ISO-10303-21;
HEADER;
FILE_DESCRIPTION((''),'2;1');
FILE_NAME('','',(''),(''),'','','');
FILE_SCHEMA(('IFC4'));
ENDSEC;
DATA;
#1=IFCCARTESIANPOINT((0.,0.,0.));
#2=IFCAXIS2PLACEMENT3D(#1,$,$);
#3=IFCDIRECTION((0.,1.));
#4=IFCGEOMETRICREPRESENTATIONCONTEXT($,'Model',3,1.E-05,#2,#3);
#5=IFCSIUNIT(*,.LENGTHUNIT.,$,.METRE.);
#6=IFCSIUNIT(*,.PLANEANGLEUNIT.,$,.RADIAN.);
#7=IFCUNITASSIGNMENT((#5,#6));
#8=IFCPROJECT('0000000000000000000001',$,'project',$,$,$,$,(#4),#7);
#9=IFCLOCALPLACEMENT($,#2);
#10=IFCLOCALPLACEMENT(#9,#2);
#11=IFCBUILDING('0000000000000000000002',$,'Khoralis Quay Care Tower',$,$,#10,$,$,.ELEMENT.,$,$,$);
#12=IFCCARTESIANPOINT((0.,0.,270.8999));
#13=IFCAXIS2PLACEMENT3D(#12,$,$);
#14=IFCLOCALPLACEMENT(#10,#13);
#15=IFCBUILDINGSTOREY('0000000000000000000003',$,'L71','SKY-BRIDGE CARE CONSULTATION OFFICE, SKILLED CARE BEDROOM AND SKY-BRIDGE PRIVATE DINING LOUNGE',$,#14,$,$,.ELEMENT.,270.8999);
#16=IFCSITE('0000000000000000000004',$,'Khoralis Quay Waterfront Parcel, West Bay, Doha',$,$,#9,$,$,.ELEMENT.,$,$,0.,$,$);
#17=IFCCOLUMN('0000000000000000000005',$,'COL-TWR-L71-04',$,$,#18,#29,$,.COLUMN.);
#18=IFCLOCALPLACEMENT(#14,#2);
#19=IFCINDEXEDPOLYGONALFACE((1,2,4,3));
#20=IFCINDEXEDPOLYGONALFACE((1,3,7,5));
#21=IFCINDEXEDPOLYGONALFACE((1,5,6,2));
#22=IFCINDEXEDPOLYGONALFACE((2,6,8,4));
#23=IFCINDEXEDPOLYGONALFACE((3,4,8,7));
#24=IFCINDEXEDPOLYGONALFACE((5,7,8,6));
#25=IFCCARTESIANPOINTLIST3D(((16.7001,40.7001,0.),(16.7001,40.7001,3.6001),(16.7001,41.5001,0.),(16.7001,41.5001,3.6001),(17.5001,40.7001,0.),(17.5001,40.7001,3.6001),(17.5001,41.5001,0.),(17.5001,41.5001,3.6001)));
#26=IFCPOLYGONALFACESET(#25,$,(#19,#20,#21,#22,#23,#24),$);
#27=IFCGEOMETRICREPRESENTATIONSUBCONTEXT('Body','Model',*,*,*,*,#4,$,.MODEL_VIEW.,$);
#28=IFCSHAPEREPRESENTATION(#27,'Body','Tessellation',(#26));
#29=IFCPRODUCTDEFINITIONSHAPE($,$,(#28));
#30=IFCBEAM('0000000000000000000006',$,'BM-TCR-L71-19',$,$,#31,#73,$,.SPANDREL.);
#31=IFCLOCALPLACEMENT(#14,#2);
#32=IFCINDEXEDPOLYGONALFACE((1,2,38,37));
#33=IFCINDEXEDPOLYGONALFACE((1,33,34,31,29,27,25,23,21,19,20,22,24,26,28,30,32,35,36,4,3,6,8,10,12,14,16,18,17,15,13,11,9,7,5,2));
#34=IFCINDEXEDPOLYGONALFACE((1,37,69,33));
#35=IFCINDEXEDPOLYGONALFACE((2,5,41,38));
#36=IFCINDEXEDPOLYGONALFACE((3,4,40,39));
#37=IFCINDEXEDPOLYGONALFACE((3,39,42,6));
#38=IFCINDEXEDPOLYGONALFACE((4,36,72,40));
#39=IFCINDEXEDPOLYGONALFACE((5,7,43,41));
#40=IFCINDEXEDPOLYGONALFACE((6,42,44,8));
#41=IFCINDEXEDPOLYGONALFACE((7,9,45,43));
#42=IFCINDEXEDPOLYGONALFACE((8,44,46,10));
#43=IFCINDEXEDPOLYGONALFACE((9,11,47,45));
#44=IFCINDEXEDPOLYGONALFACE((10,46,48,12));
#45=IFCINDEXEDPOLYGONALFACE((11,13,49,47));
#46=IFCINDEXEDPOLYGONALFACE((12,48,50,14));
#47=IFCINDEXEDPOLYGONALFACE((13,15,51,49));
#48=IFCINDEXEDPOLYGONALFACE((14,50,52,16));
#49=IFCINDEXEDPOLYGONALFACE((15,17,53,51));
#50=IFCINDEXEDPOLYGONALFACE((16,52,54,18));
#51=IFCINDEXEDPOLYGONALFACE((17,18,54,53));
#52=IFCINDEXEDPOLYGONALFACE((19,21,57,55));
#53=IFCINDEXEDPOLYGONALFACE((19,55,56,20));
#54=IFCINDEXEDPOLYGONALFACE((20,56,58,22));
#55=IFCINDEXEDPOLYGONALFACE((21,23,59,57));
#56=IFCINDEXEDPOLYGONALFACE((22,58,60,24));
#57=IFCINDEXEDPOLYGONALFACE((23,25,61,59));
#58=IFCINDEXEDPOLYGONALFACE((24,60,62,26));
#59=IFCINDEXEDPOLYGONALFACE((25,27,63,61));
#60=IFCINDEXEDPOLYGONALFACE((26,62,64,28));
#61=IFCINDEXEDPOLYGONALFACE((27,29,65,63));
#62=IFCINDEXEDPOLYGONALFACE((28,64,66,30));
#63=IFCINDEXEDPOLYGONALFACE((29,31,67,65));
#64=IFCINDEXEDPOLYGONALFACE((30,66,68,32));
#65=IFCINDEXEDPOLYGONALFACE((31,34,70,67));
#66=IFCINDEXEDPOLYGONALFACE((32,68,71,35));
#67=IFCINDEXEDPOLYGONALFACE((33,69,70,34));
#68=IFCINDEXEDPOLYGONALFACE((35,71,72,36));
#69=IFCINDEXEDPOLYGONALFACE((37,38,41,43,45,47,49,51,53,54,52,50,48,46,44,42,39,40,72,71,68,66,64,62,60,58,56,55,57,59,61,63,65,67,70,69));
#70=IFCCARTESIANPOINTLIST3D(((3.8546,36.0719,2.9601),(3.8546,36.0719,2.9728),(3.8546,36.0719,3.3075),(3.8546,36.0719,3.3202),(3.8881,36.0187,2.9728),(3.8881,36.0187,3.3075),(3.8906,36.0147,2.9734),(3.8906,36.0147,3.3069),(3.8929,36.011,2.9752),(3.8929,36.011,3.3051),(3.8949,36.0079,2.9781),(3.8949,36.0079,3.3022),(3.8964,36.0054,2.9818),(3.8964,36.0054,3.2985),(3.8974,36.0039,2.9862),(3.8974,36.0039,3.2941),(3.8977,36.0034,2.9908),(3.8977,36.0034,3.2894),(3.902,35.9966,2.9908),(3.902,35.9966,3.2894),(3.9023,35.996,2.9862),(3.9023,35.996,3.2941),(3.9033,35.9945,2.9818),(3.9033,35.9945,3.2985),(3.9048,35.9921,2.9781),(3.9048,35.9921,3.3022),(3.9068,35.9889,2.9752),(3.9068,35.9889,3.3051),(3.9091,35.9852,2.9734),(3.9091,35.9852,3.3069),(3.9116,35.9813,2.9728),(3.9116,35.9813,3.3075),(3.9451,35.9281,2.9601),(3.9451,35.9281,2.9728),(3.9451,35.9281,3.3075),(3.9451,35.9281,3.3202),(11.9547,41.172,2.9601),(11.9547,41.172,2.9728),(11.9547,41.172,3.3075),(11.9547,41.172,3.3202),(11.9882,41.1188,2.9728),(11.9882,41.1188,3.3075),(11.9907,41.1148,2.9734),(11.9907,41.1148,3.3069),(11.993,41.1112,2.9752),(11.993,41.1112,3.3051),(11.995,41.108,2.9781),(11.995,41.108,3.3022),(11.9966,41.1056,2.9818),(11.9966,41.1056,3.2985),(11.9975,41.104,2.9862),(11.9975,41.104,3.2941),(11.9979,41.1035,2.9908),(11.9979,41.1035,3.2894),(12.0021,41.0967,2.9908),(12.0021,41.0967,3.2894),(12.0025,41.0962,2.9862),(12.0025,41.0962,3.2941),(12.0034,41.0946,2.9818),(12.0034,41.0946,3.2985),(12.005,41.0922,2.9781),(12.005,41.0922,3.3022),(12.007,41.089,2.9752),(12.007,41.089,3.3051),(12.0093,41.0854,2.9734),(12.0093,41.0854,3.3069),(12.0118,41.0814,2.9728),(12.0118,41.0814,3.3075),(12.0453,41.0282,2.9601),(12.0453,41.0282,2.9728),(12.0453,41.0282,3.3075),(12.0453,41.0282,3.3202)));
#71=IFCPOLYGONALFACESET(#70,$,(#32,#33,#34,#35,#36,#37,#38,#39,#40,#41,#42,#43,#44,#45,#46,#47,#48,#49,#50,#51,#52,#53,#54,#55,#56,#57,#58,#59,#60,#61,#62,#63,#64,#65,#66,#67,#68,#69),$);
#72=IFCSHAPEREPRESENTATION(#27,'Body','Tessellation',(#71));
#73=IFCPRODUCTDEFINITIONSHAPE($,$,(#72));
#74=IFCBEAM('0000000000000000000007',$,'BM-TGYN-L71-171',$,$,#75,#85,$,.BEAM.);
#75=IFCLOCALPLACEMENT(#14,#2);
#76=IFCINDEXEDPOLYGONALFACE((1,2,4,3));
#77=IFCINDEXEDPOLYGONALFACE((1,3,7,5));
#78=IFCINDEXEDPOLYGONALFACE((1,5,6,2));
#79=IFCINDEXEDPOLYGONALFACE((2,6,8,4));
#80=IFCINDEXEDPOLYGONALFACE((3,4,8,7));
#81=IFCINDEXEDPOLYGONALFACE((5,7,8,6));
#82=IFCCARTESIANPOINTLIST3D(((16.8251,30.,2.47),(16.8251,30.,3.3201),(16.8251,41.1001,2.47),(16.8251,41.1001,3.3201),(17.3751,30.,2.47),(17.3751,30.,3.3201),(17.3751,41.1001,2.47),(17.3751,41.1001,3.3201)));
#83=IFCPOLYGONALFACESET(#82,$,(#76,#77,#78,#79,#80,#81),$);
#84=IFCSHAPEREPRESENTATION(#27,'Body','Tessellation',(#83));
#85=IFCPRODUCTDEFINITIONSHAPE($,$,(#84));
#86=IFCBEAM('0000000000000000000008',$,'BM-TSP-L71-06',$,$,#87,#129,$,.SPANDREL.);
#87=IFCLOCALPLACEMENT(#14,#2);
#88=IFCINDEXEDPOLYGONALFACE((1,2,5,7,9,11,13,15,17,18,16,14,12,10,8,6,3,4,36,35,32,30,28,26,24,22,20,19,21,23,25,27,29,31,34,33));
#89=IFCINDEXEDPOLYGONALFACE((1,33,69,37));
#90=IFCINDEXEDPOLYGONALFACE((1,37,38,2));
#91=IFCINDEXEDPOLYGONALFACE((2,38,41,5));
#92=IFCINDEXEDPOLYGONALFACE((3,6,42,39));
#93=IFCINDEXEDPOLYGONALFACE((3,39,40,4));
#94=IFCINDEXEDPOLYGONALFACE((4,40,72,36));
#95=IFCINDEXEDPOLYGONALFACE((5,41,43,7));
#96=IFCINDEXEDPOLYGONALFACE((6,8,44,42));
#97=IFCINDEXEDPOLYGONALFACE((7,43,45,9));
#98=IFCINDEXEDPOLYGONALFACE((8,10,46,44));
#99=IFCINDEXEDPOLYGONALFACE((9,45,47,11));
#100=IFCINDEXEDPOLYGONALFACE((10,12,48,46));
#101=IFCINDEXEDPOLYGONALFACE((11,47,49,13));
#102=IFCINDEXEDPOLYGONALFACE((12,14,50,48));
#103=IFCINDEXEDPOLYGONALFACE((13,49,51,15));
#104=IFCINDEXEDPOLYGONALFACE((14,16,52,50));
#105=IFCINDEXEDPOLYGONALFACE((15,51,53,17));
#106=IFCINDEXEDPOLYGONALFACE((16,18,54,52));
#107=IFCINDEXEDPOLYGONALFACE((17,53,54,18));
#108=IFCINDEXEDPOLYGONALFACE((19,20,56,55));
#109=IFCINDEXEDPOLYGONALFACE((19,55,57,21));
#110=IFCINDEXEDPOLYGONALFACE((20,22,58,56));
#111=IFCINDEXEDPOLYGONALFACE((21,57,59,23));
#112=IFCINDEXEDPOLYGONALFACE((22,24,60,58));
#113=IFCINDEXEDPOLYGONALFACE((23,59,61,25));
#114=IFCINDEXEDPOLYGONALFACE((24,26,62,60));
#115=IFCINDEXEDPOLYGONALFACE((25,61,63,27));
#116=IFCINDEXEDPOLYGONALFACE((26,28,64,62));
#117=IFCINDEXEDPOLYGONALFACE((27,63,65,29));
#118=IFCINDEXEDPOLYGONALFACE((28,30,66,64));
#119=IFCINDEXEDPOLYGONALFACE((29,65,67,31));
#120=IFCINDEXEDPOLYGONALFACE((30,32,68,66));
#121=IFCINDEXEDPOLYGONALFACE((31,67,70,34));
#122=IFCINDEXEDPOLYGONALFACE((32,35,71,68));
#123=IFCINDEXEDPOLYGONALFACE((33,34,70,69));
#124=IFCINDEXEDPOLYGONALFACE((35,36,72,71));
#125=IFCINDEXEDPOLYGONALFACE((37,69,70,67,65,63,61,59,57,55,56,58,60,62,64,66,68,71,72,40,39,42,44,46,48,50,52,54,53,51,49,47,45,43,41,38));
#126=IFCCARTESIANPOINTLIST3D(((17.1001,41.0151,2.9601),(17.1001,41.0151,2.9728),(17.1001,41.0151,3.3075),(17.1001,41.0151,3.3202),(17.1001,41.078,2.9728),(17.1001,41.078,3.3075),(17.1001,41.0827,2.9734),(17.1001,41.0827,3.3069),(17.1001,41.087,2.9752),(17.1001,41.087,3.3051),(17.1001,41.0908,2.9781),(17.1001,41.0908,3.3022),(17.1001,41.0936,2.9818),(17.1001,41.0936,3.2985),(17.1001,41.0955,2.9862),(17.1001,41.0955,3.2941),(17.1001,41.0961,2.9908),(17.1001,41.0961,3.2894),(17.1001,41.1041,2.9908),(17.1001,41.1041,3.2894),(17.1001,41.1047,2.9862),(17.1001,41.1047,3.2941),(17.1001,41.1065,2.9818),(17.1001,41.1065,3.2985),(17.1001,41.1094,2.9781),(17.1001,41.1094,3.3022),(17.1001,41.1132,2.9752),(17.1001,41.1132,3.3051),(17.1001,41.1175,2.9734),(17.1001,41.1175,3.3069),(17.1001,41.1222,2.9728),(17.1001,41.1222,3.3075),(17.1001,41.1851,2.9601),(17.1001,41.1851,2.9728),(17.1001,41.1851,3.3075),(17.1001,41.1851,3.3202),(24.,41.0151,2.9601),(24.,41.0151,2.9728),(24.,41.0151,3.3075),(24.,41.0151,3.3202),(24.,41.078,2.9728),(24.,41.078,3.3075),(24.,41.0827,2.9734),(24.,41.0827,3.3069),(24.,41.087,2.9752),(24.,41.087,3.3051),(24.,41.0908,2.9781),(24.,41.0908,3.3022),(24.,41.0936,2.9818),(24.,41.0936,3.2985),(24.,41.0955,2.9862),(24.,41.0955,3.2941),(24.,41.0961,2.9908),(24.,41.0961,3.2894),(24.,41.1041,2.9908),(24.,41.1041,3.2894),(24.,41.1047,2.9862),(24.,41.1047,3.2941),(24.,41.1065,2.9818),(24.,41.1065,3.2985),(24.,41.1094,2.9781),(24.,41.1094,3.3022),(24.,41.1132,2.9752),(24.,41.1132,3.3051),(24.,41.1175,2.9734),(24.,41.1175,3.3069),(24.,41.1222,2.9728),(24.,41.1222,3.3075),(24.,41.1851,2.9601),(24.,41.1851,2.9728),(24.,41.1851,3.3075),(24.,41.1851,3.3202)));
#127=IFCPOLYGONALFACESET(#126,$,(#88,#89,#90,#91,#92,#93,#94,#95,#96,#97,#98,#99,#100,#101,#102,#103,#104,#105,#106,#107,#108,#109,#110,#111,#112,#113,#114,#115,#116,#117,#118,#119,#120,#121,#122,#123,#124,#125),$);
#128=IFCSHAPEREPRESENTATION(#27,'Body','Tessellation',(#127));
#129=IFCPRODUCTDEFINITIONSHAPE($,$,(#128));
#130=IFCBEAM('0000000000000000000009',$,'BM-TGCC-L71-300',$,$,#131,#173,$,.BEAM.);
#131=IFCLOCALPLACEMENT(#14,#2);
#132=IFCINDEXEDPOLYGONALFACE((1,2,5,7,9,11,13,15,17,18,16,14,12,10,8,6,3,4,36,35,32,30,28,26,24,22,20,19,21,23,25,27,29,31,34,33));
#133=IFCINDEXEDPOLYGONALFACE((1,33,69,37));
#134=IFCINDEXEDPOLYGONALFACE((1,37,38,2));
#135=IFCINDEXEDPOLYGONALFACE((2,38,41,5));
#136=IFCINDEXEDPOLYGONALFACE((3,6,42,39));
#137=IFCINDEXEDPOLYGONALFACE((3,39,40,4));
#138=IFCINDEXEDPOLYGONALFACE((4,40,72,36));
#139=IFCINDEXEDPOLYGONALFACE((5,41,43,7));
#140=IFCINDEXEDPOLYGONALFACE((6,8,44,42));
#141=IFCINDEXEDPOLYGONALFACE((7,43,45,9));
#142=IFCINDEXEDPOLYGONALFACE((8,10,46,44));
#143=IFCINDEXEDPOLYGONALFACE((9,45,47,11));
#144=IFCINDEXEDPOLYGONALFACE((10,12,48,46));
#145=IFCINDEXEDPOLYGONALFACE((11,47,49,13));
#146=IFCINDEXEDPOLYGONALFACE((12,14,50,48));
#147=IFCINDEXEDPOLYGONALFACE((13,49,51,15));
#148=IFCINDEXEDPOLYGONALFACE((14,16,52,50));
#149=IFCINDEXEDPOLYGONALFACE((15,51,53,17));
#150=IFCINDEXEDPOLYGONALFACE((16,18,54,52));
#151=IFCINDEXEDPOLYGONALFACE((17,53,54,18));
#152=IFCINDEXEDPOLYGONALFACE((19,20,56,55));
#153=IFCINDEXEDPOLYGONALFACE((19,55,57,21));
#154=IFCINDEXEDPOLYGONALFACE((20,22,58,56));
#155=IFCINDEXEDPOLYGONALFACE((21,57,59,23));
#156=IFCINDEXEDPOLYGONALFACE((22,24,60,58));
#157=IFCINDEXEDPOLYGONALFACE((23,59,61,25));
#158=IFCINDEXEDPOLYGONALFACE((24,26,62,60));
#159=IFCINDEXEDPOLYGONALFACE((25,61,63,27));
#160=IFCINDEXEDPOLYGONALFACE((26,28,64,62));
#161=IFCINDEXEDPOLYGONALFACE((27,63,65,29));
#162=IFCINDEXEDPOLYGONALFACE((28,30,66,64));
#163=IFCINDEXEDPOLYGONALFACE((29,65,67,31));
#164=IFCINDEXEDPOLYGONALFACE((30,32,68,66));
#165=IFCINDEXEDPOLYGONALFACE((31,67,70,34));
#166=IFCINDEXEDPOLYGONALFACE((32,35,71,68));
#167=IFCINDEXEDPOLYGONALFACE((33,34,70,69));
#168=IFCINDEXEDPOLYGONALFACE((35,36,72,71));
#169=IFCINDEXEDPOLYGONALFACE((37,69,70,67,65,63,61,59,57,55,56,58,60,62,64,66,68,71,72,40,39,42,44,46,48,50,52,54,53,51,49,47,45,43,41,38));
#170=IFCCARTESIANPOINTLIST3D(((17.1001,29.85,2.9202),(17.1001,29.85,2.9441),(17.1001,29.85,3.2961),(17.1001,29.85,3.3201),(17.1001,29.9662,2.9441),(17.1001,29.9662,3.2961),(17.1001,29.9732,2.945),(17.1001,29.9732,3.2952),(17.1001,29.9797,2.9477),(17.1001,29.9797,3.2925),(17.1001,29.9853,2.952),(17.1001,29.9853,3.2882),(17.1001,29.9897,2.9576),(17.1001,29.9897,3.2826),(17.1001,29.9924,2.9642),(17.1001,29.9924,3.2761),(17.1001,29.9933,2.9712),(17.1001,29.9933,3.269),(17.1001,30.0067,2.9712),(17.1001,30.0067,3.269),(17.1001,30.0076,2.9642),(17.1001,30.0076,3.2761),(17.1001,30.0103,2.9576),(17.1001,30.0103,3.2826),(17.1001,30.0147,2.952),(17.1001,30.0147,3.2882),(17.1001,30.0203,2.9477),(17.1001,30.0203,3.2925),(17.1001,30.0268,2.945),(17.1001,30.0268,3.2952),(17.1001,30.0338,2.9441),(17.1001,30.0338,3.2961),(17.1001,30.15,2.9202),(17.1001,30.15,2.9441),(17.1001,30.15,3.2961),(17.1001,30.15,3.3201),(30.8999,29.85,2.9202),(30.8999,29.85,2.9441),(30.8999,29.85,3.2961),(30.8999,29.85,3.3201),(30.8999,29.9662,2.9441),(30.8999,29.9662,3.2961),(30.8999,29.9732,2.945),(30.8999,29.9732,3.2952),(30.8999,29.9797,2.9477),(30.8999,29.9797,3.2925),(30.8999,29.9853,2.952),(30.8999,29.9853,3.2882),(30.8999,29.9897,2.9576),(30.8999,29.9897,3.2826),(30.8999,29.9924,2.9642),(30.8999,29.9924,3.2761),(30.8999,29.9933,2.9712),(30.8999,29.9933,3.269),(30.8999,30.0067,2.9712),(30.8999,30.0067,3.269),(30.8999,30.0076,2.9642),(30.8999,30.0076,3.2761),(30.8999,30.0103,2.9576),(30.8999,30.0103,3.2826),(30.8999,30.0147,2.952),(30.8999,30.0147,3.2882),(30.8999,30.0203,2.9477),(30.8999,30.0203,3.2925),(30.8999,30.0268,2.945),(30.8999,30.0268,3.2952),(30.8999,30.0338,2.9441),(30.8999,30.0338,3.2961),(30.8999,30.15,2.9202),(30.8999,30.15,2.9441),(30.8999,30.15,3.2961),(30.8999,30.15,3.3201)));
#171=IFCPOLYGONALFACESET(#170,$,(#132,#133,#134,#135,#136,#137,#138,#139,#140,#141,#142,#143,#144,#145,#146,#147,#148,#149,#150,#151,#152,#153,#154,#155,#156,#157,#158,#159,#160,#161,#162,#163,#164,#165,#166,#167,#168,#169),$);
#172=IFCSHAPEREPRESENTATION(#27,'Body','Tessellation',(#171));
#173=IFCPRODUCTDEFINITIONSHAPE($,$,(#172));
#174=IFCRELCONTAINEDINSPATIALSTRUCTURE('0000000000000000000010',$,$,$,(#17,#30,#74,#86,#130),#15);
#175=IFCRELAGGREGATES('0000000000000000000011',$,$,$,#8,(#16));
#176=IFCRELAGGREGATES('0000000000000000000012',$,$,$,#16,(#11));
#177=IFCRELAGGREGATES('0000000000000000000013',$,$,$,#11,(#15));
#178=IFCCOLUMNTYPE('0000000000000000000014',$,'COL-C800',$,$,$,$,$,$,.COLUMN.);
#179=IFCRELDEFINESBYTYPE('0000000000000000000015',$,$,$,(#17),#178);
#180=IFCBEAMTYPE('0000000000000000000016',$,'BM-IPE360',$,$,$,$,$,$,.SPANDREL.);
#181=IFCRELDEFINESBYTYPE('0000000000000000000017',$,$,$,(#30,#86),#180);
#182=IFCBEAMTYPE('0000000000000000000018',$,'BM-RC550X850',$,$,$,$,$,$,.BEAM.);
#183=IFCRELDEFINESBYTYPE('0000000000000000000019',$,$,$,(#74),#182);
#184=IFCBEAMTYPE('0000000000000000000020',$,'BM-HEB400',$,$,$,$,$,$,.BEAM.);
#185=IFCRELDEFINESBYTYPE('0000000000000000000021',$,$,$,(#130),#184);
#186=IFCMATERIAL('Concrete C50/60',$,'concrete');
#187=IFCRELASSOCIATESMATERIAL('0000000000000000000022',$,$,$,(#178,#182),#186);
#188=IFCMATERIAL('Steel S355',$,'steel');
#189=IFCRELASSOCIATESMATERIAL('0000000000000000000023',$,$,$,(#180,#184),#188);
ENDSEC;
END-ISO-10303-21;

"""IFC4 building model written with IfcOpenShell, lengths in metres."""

from ifc_helpers import new_model, si_unit, direction, frame, origin, origin_2d, place, context, subcontext, project, spatial, rectangle, i_section, extrude, source, transform, mapped, material, material_profile, profile_set, type_object, element, save


model = new_model("IFC4")

# Units and contexts
model_context = context("Model", 3, precision=1e-05, world=origin(), true_north=direction((0.0, 1.0)))
body_context = subcontext(model_context, "Body", "Model", "MODEL_VIEW")
ifc_project = project(units=[si_unit("LENGTHUNIT", "METRE"), si_unit("PLANEANGLEUNIT", "RADIAN")], contexts=[model_context])

# Site, building, storey
site_placement = place(None, origin())
site = spatial("IfcSite", under=ifc_project, at=site_placement, Name="Khoralis Quay Waterfront Parcel, West Bay, Doha", CompositionType="ELEMENT", RefElevation=0.0)
building_placement = place(site_placement, origin())
building = spatial("IfcBuilding", under=site, at=building_placement, Name="Khoralis Quay Care Tower", CompositionType="ELEMENT")
storey_placement = place(building_placement, frame((0.0, 0.0, 270.8999)))
storey = spatial("IfcBuildingStorey", under=building, at=storey_placement, Name="L71", Description="SKY-BRIDGE CARE CONSULTATION OFFICE, SKILLED CARE BEDROOM AND SKY-BRIDGE PRIVATE DINING LOUNGE", CompositionType="ELEMENT", Elevation=270.8999)

# Column
ifc_material_1 = material(Name="Concrete C50/60", Category="concrete")
ifc_material_profile_1 = material_profile(ifc_material_1, rectangle(XDim=0.8, YDim=0.8, at=origin_2d()), Name="Concrete C50/60")
ifc_profile_set_1 = profile_set([ifc_material_profile_1], Name="Concrete C50/60")
column_type = type_object("IfcColumnType", Name="COL-C800", PredefinedType="COLUMN", material=ifc_profile_set_1)
shared_shape_1 = source(origin(), body_context, "Body", "SweptSolid", [
    extrude(rectangle(XDim=0.8, YDim=0.8, at=origin_2d()), origin(), (0.0, 0.0, 1.0), 3.6001),
])
column_placement = place(storey_placement, frame((17.1001, 41.1001, 0.0), z_axis=(0.0, 0.0, 1.0), x_axis=(1.0, 0.0, 0.0)))
element("IfcColumn", 1, at=column_placement, inside=storey, type_object=column_type, Name="COL-TWR-L71-04", PredefinedType="COLUMN", context=body_context, shape_type="MappedRepresentation", body=[
    mapped(shared_shape_1, transform((0.0, 0.0, 0.0), scale=1.0)),
])

# Beams
ifc_material_2 = material(Name="Steel S355", Category="steel")
ifc_material_profile_2 = material_profile(ifc_material_2, i_section(OverallWidth=0.1699, OverallDepth=0.3601, WebThickness=0.0081, FlangeThickness=0.0127, FilletRadius=0.0181, at=origin_2d()), Name="Steel S355")
ifc_profile_set_2 = profile_set([ifc_material_profile_2], Name="Steel S355")
beam_type_1 = type_object("IfcBeamType", Name="BM-IPE360", PredefinedType="SPANDREL", material=ifc_profile_set_2)
shared_shape_2 = source(origin(), body_context, "Body", "SweptSolid", [
    extrude(i_section(OverallWidth=0.1699, OverallDepth=0.3601, WebThickness=0.0081, FlangeThickness=0.0127, FilletRadius=0.0181, at=origin_2d()), origin(), (0.0, 0.0, 1.0), 9.572),
])
beam_1_placement = place(storey_placement, frame((12.0, 41.1001, 3.1401), z_axis=(-0.846231, -0.532816, 0.0), x_axis=(0.532816, -0.846231, 0.0)))
element("IfcBeam", 2, at=beam_1_placement, inside=storey, type_object=beam_type_1, Name="BM-TCR-L71-19", PredefinedType="SPANDREL", context=body_context, shape_type="MappedRepresentation", body=[
    mapped(shared_shape_2, transform((0.0, 0.0, 0.0), scale=1.0)),
])
ifc_material_profile_3 = material_profile(ifc_material_1, rectangle(XDim=0.55, YDim=0.8501, at=origin_2d()), Name="Concrete C50/60")
ifc_profile_set_3 = profile_set([ifc_material_profile_3], Name="Concrete C50/60")
beam_type_2 = type_object("IfcBeamType", Name="BM-RC550X850", PredefinedType="BEAM", material=ifc_profile_set_3)
shared_shape_3 = source(origin(), body_context, "Body", "SweptSolid", [
    extrude(rectangle(XDim=0.55, YDim=0.8501, at=origin_2d()), origin(), (0.0, 0.0, 1.0), 11.1001),
])
beam_2_placement = place(storey_placement, frame((17.1001, 30.0, 2.895), z_axis=(0.0, 1.0, 0.0), x_axis=(-1.0, 0.0, 0.0)))
element("IfcBeam", 3, at=beam_2_placement, inside=storey, type_object=beam_type_2, Name="BM-TGYN-L71-171", PredefinedType="BEAM", context=body_context, shape_type="MappedRepresentation", body=[
    mapped(shared_shape_3, transform((0.0, 0.0, 0.0), scale=1.0)),
])
shared_shape_4 = source(origin(), body_context, "Body", "SweptSolid", [
    extrude(i_section(OverallWidth=0.1699, OverallDepth=0.3601, WebThickness=0.0081, FlangeThickness=0.0127, FilletRadius=0.0181, at=origin_2d()), origin(), (0.0, 0.0, 1.0), 6.8999),
])
beam_3_placement = place(storey_placement, frame((17.1001, 41.1001, 3.1401), z_axis=(1.0, 0.0, 0.0), x_axis=(0.0, 1.0, 0.0)))
element("IfcBeam", 4, at=beam_3_placement, inside=storey, type_object=beam_type_1, Name="BM-TSP-L71-06", PredefinedType="SPANDREL", context=body_context, shape_type="MappedRepresentation", body=[
    mapped(shared_shape_4, transform((0.0, 0.0, 0.0), scale=1.0)),
])
ifc_material_profile_4 = material_profile(ifc_material_2, i_section(OverallWidth=0.3, OverallDepth=0.3999, WebThickness=0.0134, FlangeThickness=0.0239, FilletRadius=0.0271, at=origin_2d()), Name="Steel S355")
ifc_profile_set_4 = profile_set([ifc_material_profile_4], Name="Steel S355")
beam_type_3 = type_object("IfcBeamType", Name="BM-HEB400", PredefinedType="BEAM", material=ifc_profile_set_4)
shared_shape_5 = source(origin(), body_context, "Body", "SweptSolid", [
    extrude(i_section(OverallWidth=0.3, OverallDepth=0.3999, WebThickness=0.0134, FlangeThickness=0.0239, FilletRadius=0.0271, at=origin_2d()), origin(), (0.0, 0.0, 1.0), 13.7998),
])
beam_4_placement = place(storey_placement, frame((17.1001, 30.0, 3.1201), z_axis=(1.0, 0.0, 0.0), x_axis=(0.0, 1.0, 0.0)))
element("IfcBeam", 5, at=beam_4_placement, inside=storey, type_object=beam_type_3, Name="BM-TGCC-L71-300", PredefinedType="BEAM", context=body_context, shape_type="MappedRepresentation", body=[
    mapped(shared_shape_5, transform((0.0, 0.0, 0.0), scale=1.0)),
])

save(model, "model.ifc")
